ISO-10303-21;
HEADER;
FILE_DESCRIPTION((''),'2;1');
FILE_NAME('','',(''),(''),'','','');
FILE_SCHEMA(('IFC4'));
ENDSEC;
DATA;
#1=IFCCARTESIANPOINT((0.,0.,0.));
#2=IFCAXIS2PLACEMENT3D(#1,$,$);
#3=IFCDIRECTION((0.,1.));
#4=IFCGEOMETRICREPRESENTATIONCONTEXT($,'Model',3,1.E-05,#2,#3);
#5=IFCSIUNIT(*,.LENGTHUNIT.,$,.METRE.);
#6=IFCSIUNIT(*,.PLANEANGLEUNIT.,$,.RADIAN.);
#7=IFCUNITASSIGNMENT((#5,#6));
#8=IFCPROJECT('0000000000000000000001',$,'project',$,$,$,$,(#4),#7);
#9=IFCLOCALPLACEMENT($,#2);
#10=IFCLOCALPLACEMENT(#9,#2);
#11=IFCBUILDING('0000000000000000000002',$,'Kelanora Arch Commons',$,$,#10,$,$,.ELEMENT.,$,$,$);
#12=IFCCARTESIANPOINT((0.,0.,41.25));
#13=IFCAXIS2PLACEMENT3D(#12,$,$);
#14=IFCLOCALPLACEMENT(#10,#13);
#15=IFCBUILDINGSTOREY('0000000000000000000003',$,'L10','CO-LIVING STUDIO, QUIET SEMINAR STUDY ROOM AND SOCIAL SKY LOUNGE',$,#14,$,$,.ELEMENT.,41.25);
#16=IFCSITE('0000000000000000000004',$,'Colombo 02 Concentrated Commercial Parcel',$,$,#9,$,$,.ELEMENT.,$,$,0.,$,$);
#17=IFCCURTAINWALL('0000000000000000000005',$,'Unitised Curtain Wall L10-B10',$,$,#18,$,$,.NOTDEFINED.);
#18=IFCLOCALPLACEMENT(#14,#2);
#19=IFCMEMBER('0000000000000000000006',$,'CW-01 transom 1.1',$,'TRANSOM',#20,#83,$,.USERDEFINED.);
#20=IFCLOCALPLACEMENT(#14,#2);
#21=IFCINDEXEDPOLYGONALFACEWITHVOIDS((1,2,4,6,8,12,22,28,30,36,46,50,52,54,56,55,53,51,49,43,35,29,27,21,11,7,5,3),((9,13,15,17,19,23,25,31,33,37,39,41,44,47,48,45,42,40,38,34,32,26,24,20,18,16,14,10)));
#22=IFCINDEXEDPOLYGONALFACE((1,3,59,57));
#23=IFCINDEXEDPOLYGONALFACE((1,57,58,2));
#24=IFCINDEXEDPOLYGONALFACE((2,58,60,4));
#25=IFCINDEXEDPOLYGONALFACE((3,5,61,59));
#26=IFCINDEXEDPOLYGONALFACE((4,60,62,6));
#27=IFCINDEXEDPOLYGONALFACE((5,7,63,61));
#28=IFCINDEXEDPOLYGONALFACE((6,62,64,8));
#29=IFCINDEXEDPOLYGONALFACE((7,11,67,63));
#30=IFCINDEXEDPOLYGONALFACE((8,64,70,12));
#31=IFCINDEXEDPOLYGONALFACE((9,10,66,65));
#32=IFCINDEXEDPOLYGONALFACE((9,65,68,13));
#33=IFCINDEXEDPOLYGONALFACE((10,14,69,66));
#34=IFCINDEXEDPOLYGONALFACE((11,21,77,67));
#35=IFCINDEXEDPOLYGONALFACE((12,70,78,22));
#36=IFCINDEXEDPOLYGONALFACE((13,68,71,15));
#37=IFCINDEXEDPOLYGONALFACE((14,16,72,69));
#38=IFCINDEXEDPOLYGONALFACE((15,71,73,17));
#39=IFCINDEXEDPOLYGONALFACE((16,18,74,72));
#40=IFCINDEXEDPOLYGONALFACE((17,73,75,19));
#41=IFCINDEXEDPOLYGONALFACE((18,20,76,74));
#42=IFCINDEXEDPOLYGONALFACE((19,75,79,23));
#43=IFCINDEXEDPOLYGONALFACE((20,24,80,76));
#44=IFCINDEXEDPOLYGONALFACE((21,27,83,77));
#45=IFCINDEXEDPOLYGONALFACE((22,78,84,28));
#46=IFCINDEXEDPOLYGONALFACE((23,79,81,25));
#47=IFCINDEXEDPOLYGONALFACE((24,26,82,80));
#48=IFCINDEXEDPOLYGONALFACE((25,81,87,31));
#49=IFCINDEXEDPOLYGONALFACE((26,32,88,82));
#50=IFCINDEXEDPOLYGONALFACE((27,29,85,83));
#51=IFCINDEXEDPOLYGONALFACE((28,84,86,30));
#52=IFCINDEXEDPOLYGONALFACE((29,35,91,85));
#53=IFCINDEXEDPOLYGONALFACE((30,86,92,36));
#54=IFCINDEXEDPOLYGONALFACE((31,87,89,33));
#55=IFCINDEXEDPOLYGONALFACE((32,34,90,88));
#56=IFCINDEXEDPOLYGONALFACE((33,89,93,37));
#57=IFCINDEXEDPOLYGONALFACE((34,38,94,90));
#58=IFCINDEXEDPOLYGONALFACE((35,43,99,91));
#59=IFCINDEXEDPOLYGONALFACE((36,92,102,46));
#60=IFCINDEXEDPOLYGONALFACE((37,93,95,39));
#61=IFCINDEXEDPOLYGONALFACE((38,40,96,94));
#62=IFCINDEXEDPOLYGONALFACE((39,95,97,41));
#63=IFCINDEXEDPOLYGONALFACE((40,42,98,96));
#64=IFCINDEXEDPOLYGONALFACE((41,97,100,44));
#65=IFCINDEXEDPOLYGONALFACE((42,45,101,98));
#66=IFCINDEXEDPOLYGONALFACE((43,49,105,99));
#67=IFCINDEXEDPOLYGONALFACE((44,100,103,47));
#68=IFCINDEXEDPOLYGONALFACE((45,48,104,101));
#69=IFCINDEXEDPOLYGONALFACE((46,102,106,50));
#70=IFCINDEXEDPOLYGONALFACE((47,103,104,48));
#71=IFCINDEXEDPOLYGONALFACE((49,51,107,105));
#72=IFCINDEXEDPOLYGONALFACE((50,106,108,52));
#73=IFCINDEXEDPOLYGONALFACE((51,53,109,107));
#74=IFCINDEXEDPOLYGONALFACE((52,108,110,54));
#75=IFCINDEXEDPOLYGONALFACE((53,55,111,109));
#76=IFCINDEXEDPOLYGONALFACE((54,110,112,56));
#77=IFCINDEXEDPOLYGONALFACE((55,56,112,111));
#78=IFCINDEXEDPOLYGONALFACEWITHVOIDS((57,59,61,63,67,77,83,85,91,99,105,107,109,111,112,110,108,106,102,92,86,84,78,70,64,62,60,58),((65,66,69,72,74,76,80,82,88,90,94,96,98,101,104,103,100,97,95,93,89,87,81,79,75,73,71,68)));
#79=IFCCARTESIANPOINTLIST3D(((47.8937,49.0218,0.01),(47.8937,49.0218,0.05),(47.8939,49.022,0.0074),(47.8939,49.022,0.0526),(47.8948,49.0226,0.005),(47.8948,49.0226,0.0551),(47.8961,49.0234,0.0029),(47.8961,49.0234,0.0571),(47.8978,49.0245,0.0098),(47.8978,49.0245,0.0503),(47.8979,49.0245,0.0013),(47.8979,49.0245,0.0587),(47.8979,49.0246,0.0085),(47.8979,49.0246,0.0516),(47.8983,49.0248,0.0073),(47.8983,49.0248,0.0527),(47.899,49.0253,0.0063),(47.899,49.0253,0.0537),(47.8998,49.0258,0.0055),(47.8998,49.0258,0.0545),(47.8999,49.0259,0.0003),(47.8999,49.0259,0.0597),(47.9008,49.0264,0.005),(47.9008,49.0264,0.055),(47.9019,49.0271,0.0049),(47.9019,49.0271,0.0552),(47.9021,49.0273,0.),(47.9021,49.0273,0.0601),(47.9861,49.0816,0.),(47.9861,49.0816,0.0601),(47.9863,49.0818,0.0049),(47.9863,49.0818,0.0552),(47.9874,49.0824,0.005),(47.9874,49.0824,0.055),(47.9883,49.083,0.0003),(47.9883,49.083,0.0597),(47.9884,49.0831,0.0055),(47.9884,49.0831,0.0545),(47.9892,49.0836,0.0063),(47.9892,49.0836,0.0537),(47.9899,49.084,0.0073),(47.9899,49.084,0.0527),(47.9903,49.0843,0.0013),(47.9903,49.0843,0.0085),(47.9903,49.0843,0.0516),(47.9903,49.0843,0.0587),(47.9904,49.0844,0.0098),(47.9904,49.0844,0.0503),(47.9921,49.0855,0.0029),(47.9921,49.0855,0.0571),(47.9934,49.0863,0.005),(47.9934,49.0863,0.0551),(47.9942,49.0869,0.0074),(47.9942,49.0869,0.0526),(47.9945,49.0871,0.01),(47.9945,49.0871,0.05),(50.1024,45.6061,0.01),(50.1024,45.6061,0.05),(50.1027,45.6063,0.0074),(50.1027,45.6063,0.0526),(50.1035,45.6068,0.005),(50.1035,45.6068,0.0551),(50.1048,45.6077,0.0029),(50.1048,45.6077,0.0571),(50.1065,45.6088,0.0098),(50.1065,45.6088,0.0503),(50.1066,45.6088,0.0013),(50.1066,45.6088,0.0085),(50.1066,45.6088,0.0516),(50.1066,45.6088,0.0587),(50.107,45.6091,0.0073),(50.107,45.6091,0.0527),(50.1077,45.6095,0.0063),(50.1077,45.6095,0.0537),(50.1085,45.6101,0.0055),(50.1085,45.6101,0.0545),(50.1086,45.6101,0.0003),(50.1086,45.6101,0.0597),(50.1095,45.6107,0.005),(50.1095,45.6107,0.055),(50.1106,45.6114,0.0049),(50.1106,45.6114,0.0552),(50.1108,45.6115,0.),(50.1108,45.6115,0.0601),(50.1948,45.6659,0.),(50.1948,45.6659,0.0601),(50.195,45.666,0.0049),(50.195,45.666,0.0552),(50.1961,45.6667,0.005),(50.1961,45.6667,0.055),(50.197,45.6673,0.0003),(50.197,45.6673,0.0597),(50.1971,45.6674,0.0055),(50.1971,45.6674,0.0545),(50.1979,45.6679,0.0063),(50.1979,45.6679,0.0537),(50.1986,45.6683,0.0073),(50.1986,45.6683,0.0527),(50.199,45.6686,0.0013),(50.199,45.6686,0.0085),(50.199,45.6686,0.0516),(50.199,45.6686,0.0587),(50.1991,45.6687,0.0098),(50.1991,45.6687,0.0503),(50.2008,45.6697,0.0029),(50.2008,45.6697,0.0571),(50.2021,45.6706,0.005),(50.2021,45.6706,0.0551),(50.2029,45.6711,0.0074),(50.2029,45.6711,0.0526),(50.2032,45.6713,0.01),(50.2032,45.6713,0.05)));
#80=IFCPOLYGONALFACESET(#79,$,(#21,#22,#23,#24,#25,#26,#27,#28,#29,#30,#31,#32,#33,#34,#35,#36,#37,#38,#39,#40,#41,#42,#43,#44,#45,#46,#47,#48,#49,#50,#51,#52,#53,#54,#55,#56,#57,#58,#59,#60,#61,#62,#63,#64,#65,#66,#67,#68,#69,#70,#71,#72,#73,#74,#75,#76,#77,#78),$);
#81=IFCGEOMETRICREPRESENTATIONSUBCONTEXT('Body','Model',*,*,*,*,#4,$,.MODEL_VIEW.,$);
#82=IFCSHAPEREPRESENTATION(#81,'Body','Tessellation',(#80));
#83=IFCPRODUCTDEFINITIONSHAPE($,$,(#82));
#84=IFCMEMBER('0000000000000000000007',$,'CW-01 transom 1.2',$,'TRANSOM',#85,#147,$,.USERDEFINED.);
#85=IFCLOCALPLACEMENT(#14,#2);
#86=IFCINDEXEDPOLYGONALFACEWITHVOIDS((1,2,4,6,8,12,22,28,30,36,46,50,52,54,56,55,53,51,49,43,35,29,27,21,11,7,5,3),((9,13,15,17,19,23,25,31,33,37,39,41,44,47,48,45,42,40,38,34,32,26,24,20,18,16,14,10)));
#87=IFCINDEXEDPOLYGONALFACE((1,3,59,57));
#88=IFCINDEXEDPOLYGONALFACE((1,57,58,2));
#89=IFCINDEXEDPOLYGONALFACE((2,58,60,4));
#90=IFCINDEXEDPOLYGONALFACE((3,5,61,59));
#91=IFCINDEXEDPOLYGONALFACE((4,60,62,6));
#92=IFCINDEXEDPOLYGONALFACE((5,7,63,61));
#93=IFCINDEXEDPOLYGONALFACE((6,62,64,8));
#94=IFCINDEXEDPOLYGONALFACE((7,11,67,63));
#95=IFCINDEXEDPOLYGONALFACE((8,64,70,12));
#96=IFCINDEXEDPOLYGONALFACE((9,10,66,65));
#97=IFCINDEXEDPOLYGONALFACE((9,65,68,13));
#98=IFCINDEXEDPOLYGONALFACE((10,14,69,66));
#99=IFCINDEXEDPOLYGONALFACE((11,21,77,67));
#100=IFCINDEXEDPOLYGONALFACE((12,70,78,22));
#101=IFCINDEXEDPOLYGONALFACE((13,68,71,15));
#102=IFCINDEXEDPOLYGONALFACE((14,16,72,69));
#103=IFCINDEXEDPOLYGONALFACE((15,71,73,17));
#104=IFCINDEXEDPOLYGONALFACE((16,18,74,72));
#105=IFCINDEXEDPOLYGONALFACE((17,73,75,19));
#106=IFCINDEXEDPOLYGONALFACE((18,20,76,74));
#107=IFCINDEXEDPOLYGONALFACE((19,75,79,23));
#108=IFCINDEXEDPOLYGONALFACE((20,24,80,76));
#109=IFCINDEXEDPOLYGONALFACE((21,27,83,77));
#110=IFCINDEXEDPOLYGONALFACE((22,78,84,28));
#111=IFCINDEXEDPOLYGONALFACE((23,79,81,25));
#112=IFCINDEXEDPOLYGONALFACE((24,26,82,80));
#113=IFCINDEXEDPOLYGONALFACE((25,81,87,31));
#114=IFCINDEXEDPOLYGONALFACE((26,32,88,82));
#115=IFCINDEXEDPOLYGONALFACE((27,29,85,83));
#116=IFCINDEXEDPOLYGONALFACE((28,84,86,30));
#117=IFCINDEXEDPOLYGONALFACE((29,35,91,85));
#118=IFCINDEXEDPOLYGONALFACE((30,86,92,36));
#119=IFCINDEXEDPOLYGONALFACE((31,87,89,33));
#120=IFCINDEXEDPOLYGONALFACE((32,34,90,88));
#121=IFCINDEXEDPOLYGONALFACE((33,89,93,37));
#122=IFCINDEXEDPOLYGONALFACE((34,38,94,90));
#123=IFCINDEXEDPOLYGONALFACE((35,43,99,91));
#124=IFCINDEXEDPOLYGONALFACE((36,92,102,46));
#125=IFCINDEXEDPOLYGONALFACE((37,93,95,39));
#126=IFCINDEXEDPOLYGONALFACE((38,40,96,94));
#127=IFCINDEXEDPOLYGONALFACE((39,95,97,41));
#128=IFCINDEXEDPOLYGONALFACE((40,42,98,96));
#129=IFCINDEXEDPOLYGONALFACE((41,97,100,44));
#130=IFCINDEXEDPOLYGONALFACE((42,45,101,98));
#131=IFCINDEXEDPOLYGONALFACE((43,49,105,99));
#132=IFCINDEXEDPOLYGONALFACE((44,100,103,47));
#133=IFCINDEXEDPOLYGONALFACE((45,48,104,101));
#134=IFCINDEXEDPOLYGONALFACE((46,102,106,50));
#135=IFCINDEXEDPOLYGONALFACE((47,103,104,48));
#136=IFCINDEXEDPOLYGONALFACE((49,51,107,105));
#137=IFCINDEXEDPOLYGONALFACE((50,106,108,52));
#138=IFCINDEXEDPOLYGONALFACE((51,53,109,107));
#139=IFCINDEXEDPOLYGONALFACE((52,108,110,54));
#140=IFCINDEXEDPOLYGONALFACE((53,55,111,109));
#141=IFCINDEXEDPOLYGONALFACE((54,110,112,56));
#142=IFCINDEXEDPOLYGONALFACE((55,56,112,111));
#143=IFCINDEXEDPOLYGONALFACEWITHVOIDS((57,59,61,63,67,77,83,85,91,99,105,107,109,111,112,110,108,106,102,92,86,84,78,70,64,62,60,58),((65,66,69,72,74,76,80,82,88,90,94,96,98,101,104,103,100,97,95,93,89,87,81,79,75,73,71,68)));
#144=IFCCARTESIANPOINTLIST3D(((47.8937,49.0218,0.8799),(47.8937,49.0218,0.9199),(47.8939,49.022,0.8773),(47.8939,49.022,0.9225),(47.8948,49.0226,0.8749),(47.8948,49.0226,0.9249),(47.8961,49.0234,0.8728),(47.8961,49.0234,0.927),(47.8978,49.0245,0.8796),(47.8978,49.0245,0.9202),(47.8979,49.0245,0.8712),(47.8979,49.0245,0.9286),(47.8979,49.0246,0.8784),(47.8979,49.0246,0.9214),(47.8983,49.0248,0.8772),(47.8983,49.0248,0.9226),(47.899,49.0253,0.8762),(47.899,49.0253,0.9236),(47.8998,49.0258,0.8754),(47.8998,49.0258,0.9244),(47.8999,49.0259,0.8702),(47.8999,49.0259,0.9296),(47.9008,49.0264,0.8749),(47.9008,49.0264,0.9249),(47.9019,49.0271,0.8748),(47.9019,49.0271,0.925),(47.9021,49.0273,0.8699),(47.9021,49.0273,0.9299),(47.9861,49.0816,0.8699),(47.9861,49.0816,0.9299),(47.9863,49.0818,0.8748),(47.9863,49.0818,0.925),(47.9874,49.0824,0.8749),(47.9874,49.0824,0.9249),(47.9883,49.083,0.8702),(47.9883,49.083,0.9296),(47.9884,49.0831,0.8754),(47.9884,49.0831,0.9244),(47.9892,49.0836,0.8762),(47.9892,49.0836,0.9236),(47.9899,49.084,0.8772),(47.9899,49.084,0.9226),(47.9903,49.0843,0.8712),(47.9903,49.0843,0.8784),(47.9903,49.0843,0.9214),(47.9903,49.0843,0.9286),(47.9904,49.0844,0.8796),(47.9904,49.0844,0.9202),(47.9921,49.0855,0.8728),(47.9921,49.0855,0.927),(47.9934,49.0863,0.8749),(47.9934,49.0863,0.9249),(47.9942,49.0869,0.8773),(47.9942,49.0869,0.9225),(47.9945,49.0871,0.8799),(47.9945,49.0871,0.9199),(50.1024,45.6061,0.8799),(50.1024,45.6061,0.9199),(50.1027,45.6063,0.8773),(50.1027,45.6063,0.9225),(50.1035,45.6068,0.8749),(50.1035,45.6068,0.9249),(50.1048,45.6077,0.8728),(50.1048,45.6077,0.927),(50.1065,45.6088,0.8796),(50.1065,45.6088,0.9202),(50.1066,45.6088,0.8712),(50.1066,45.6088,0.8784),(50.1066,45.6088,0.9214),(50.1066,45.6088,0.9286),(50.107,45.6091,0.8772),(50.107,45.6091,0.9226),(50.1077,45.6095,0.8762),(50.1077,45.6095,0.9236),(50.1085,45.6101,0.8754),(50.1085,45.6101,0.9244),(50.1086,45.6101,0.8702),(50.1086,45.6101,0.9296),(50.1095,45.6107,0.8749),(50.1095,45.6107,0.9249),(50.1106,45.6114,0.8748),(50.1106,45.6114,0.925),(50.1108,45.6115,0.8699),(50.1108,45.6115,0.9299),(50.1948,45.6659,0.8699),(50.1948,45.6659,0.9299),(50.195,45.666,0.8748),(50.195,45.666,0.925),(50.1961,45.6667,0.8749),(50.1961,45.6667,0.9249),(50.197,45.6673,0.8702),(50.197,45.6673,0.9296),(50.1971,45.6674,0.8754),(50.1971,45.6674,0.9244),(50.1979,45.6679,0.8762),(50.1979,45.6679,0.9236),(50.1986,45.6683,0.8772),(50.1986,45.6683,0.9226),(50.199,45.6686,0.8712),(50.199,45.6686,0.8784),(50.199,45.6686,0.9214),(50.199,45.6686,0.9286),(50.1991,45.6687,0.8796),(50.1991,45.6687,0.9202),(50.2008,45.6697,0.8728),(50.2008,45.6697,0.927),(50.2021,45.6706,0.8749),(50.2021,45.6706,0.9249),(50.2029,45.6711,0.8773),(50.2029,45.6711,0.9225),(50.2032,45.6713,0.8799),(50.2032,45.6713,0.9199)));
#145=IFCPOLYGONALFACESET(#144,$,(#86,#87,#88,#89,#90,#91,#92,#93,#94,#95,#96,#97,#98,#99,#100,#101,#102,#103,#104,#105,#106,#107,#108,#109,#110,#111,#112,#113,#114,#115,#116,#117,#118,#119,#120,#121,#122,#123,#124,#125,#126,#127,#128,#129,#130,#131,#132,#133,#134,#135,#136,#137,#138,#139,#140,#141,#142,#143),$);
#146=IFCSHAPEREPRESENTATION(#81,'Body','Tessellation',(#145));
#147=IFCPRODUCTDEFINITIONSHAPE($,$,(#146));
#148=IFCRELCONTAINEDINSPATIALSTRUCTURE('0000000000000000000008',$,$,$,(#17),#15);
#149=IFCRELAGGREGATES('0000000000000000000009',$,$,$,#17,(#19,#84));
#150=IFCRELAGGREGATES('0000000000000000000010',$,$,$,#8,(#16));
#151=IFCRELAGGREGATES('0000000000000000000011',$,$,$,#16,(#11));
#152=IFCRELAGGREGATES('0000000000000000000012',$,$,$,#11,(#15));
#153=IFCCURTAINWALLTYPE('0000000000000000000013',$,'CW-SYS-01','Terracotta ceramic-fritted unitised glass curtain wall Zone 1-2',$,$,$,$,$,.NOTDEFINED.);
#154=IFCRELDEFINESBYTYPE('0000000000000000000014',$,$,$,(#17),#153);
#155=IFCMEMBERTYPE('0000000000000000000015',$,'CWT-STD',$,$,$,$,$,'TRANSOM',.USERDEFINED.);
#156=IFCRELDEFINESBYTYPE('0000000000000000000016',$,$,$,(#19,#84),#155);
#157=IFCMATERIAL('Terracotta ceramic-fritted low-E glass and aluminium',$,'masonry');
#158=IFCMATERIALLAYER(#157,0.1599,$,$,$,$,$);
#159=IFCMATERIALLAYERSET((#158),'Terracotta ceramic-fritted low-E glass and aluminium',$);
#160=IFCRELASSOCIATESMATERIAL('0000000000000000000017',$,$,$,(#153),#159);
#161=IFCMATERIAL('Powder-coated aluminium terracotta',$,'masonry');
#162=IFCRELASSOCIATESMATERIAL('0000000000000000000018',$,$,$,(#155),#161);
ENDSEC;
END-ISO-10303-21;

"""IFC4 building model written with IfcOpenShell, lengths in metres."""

from ifc_helpers import new_model, si_unit, direction, frame, origin, origin_2d, place, context, subcontext, project, spatial, hollow_rectangle, extrude, material, layer, layer_set, material_profile, profile_set, type_object, element, aggregate, save


model = new_model("IFC4")

# Units and contexts
model_context = context("Model", 3, precision=1e-05, world=origin(), true_north=direction((0.0, 1.0)))
body_context = subcontext(model_context, "Body", "Model", "MODEL_VIEW")
ifc_project = project(units=[si_unit("LENGTHUNIT", "METRE"), si_unit("PLANEANGLEUNIT", "RADIAN")], contexts=[model_context])

# Site, building, storey
site_placement = place(None, origin())
site = spatial("IfcSite", under=ifc_project, at=site_placement, Name="Colombo 02 Concentrated Commercial Parcel", CompositionType="ELEMENT", RefElevation=0.0)
building_placement = place(site_placement, origin())
building = spatial("IfcBuilding", under=site, at=building_placement, Name="Kelanora Arch Commons", CompositionType="ELEMENT")
storey_placement = place(building_placement, frame((0.0, 0.0, 41.25)))
storey = spatial("IfcBuildingStorey", under=building, at=storey_placement, Name="L10", Description="CO-LIVING STUDIO, QUIET SEMINAR STUDY ROOM AND SOCIAL SKY LOUNGE", CompositionType="ELEMENT", Elevation=41.25)

# Curtain wall, members
ifc_material_1 = material(Name="Terracotta ceramic-fritted low-E glass and aluminium", Category="masonry")
ifc_layer_1 = layer(ifc_material_1, 0.1599)
ifc_layer_set_1 = layer_set([ifc_layer_1], Name="Terracotta ceramic-fritted low-E glass and aluminium")
curtain_wall_type = type_object("IfcCurtainWallType", Name="CW-SYS-01", Description="Terracotta ceramic-fritted unitised glass curtain wall Zone 1-2", PredefinedType="NOTDEFINED", material=ifc_layer_set_1)
curtain_wall_placement = place(storey_placement, origin())
curtain_wall = element("IfcCurtainWall", 1, at=curtain_wall_placement, inside=storey, type_object=curtain_wall_type, Name="Unitised Curtain Wall L10-B10", PredefinedType="NOTDEFINED")
ifc_material_2 = material(Name="Powder-coated aluminium terracotta", Category="masonry")
ifc_material_profile_1 = material_profile(ifc_material_2, hollow_rectangle(XDim=0.1201, YDim=0.0601, WallThickness=0.0049, InnerFilletRadius=0.0049, OuterFilletRadius=0.01, at=origin_2d()), Name="CWT120x60")
ifc_profile_set_1 = profile_set([ifc_material_profile_1], Name="Powder-coated aluminium terracotta")
member_type_1 = type_object("IfcMemberType", Name="CWT-STD", ElementType="TRANSOM", PredefinedType="USERDEFINED", material=ifc_profile_set_1)
member_1_placement = place(storey_placement, frame((47.9441, 49.0544, 0.03), z_axis=(0.542997, -0.839734, 0.0), x_axis=(0.839734, 0.542997, 0.0)))
member_1 = element("IfcMember", 2, at=member_1_placement, type_object=member_type_1, Name="CW-01 transom 1.1", ObjectType="TRANSOM", PredefinedType="USERDEFINED", context=body_context, shape_type="SweptSolid", body=[
    extrude(hollow_rectangle(XDim=0.1201, YDim=0.0601, WallThickness=0.0049, InnerFilletRadius=0.0049, OuterFilletRadius=0.01, at=origin_2d()), origin(), (0.0, 0.0, 1.0), 4.0676),
])
member_2_placement = place(storey_placement, frame((47.9441, 49.0544, 0.8999), z_axis=(0.542997, -0.839734, 0.0), x_axis=(0.839734, 0.542997, 0.0)))
member_2 = element("IfcMember", 3, at=member_2_placement, type_object=member_type_1, Name="CW-01 transom 1.2", ObjectType="TRANSOM", PredefinedType="USERDEFINED", context=body_context, shape_type="SweptSolid", body=[
    extrude(hollow_rectangle(XDim=0.1201, YDim=0.0601, WallThickness=0.0049, InnerFilletRadius=0.0049, OuterFilletRadius=0.01, at=origin_2d()), origin(), (0.0, 0.0, 1.0), 4.0676),
])

aggregate(curtain_wall, [member_1, member_2])

save(model, "model.ifc")
